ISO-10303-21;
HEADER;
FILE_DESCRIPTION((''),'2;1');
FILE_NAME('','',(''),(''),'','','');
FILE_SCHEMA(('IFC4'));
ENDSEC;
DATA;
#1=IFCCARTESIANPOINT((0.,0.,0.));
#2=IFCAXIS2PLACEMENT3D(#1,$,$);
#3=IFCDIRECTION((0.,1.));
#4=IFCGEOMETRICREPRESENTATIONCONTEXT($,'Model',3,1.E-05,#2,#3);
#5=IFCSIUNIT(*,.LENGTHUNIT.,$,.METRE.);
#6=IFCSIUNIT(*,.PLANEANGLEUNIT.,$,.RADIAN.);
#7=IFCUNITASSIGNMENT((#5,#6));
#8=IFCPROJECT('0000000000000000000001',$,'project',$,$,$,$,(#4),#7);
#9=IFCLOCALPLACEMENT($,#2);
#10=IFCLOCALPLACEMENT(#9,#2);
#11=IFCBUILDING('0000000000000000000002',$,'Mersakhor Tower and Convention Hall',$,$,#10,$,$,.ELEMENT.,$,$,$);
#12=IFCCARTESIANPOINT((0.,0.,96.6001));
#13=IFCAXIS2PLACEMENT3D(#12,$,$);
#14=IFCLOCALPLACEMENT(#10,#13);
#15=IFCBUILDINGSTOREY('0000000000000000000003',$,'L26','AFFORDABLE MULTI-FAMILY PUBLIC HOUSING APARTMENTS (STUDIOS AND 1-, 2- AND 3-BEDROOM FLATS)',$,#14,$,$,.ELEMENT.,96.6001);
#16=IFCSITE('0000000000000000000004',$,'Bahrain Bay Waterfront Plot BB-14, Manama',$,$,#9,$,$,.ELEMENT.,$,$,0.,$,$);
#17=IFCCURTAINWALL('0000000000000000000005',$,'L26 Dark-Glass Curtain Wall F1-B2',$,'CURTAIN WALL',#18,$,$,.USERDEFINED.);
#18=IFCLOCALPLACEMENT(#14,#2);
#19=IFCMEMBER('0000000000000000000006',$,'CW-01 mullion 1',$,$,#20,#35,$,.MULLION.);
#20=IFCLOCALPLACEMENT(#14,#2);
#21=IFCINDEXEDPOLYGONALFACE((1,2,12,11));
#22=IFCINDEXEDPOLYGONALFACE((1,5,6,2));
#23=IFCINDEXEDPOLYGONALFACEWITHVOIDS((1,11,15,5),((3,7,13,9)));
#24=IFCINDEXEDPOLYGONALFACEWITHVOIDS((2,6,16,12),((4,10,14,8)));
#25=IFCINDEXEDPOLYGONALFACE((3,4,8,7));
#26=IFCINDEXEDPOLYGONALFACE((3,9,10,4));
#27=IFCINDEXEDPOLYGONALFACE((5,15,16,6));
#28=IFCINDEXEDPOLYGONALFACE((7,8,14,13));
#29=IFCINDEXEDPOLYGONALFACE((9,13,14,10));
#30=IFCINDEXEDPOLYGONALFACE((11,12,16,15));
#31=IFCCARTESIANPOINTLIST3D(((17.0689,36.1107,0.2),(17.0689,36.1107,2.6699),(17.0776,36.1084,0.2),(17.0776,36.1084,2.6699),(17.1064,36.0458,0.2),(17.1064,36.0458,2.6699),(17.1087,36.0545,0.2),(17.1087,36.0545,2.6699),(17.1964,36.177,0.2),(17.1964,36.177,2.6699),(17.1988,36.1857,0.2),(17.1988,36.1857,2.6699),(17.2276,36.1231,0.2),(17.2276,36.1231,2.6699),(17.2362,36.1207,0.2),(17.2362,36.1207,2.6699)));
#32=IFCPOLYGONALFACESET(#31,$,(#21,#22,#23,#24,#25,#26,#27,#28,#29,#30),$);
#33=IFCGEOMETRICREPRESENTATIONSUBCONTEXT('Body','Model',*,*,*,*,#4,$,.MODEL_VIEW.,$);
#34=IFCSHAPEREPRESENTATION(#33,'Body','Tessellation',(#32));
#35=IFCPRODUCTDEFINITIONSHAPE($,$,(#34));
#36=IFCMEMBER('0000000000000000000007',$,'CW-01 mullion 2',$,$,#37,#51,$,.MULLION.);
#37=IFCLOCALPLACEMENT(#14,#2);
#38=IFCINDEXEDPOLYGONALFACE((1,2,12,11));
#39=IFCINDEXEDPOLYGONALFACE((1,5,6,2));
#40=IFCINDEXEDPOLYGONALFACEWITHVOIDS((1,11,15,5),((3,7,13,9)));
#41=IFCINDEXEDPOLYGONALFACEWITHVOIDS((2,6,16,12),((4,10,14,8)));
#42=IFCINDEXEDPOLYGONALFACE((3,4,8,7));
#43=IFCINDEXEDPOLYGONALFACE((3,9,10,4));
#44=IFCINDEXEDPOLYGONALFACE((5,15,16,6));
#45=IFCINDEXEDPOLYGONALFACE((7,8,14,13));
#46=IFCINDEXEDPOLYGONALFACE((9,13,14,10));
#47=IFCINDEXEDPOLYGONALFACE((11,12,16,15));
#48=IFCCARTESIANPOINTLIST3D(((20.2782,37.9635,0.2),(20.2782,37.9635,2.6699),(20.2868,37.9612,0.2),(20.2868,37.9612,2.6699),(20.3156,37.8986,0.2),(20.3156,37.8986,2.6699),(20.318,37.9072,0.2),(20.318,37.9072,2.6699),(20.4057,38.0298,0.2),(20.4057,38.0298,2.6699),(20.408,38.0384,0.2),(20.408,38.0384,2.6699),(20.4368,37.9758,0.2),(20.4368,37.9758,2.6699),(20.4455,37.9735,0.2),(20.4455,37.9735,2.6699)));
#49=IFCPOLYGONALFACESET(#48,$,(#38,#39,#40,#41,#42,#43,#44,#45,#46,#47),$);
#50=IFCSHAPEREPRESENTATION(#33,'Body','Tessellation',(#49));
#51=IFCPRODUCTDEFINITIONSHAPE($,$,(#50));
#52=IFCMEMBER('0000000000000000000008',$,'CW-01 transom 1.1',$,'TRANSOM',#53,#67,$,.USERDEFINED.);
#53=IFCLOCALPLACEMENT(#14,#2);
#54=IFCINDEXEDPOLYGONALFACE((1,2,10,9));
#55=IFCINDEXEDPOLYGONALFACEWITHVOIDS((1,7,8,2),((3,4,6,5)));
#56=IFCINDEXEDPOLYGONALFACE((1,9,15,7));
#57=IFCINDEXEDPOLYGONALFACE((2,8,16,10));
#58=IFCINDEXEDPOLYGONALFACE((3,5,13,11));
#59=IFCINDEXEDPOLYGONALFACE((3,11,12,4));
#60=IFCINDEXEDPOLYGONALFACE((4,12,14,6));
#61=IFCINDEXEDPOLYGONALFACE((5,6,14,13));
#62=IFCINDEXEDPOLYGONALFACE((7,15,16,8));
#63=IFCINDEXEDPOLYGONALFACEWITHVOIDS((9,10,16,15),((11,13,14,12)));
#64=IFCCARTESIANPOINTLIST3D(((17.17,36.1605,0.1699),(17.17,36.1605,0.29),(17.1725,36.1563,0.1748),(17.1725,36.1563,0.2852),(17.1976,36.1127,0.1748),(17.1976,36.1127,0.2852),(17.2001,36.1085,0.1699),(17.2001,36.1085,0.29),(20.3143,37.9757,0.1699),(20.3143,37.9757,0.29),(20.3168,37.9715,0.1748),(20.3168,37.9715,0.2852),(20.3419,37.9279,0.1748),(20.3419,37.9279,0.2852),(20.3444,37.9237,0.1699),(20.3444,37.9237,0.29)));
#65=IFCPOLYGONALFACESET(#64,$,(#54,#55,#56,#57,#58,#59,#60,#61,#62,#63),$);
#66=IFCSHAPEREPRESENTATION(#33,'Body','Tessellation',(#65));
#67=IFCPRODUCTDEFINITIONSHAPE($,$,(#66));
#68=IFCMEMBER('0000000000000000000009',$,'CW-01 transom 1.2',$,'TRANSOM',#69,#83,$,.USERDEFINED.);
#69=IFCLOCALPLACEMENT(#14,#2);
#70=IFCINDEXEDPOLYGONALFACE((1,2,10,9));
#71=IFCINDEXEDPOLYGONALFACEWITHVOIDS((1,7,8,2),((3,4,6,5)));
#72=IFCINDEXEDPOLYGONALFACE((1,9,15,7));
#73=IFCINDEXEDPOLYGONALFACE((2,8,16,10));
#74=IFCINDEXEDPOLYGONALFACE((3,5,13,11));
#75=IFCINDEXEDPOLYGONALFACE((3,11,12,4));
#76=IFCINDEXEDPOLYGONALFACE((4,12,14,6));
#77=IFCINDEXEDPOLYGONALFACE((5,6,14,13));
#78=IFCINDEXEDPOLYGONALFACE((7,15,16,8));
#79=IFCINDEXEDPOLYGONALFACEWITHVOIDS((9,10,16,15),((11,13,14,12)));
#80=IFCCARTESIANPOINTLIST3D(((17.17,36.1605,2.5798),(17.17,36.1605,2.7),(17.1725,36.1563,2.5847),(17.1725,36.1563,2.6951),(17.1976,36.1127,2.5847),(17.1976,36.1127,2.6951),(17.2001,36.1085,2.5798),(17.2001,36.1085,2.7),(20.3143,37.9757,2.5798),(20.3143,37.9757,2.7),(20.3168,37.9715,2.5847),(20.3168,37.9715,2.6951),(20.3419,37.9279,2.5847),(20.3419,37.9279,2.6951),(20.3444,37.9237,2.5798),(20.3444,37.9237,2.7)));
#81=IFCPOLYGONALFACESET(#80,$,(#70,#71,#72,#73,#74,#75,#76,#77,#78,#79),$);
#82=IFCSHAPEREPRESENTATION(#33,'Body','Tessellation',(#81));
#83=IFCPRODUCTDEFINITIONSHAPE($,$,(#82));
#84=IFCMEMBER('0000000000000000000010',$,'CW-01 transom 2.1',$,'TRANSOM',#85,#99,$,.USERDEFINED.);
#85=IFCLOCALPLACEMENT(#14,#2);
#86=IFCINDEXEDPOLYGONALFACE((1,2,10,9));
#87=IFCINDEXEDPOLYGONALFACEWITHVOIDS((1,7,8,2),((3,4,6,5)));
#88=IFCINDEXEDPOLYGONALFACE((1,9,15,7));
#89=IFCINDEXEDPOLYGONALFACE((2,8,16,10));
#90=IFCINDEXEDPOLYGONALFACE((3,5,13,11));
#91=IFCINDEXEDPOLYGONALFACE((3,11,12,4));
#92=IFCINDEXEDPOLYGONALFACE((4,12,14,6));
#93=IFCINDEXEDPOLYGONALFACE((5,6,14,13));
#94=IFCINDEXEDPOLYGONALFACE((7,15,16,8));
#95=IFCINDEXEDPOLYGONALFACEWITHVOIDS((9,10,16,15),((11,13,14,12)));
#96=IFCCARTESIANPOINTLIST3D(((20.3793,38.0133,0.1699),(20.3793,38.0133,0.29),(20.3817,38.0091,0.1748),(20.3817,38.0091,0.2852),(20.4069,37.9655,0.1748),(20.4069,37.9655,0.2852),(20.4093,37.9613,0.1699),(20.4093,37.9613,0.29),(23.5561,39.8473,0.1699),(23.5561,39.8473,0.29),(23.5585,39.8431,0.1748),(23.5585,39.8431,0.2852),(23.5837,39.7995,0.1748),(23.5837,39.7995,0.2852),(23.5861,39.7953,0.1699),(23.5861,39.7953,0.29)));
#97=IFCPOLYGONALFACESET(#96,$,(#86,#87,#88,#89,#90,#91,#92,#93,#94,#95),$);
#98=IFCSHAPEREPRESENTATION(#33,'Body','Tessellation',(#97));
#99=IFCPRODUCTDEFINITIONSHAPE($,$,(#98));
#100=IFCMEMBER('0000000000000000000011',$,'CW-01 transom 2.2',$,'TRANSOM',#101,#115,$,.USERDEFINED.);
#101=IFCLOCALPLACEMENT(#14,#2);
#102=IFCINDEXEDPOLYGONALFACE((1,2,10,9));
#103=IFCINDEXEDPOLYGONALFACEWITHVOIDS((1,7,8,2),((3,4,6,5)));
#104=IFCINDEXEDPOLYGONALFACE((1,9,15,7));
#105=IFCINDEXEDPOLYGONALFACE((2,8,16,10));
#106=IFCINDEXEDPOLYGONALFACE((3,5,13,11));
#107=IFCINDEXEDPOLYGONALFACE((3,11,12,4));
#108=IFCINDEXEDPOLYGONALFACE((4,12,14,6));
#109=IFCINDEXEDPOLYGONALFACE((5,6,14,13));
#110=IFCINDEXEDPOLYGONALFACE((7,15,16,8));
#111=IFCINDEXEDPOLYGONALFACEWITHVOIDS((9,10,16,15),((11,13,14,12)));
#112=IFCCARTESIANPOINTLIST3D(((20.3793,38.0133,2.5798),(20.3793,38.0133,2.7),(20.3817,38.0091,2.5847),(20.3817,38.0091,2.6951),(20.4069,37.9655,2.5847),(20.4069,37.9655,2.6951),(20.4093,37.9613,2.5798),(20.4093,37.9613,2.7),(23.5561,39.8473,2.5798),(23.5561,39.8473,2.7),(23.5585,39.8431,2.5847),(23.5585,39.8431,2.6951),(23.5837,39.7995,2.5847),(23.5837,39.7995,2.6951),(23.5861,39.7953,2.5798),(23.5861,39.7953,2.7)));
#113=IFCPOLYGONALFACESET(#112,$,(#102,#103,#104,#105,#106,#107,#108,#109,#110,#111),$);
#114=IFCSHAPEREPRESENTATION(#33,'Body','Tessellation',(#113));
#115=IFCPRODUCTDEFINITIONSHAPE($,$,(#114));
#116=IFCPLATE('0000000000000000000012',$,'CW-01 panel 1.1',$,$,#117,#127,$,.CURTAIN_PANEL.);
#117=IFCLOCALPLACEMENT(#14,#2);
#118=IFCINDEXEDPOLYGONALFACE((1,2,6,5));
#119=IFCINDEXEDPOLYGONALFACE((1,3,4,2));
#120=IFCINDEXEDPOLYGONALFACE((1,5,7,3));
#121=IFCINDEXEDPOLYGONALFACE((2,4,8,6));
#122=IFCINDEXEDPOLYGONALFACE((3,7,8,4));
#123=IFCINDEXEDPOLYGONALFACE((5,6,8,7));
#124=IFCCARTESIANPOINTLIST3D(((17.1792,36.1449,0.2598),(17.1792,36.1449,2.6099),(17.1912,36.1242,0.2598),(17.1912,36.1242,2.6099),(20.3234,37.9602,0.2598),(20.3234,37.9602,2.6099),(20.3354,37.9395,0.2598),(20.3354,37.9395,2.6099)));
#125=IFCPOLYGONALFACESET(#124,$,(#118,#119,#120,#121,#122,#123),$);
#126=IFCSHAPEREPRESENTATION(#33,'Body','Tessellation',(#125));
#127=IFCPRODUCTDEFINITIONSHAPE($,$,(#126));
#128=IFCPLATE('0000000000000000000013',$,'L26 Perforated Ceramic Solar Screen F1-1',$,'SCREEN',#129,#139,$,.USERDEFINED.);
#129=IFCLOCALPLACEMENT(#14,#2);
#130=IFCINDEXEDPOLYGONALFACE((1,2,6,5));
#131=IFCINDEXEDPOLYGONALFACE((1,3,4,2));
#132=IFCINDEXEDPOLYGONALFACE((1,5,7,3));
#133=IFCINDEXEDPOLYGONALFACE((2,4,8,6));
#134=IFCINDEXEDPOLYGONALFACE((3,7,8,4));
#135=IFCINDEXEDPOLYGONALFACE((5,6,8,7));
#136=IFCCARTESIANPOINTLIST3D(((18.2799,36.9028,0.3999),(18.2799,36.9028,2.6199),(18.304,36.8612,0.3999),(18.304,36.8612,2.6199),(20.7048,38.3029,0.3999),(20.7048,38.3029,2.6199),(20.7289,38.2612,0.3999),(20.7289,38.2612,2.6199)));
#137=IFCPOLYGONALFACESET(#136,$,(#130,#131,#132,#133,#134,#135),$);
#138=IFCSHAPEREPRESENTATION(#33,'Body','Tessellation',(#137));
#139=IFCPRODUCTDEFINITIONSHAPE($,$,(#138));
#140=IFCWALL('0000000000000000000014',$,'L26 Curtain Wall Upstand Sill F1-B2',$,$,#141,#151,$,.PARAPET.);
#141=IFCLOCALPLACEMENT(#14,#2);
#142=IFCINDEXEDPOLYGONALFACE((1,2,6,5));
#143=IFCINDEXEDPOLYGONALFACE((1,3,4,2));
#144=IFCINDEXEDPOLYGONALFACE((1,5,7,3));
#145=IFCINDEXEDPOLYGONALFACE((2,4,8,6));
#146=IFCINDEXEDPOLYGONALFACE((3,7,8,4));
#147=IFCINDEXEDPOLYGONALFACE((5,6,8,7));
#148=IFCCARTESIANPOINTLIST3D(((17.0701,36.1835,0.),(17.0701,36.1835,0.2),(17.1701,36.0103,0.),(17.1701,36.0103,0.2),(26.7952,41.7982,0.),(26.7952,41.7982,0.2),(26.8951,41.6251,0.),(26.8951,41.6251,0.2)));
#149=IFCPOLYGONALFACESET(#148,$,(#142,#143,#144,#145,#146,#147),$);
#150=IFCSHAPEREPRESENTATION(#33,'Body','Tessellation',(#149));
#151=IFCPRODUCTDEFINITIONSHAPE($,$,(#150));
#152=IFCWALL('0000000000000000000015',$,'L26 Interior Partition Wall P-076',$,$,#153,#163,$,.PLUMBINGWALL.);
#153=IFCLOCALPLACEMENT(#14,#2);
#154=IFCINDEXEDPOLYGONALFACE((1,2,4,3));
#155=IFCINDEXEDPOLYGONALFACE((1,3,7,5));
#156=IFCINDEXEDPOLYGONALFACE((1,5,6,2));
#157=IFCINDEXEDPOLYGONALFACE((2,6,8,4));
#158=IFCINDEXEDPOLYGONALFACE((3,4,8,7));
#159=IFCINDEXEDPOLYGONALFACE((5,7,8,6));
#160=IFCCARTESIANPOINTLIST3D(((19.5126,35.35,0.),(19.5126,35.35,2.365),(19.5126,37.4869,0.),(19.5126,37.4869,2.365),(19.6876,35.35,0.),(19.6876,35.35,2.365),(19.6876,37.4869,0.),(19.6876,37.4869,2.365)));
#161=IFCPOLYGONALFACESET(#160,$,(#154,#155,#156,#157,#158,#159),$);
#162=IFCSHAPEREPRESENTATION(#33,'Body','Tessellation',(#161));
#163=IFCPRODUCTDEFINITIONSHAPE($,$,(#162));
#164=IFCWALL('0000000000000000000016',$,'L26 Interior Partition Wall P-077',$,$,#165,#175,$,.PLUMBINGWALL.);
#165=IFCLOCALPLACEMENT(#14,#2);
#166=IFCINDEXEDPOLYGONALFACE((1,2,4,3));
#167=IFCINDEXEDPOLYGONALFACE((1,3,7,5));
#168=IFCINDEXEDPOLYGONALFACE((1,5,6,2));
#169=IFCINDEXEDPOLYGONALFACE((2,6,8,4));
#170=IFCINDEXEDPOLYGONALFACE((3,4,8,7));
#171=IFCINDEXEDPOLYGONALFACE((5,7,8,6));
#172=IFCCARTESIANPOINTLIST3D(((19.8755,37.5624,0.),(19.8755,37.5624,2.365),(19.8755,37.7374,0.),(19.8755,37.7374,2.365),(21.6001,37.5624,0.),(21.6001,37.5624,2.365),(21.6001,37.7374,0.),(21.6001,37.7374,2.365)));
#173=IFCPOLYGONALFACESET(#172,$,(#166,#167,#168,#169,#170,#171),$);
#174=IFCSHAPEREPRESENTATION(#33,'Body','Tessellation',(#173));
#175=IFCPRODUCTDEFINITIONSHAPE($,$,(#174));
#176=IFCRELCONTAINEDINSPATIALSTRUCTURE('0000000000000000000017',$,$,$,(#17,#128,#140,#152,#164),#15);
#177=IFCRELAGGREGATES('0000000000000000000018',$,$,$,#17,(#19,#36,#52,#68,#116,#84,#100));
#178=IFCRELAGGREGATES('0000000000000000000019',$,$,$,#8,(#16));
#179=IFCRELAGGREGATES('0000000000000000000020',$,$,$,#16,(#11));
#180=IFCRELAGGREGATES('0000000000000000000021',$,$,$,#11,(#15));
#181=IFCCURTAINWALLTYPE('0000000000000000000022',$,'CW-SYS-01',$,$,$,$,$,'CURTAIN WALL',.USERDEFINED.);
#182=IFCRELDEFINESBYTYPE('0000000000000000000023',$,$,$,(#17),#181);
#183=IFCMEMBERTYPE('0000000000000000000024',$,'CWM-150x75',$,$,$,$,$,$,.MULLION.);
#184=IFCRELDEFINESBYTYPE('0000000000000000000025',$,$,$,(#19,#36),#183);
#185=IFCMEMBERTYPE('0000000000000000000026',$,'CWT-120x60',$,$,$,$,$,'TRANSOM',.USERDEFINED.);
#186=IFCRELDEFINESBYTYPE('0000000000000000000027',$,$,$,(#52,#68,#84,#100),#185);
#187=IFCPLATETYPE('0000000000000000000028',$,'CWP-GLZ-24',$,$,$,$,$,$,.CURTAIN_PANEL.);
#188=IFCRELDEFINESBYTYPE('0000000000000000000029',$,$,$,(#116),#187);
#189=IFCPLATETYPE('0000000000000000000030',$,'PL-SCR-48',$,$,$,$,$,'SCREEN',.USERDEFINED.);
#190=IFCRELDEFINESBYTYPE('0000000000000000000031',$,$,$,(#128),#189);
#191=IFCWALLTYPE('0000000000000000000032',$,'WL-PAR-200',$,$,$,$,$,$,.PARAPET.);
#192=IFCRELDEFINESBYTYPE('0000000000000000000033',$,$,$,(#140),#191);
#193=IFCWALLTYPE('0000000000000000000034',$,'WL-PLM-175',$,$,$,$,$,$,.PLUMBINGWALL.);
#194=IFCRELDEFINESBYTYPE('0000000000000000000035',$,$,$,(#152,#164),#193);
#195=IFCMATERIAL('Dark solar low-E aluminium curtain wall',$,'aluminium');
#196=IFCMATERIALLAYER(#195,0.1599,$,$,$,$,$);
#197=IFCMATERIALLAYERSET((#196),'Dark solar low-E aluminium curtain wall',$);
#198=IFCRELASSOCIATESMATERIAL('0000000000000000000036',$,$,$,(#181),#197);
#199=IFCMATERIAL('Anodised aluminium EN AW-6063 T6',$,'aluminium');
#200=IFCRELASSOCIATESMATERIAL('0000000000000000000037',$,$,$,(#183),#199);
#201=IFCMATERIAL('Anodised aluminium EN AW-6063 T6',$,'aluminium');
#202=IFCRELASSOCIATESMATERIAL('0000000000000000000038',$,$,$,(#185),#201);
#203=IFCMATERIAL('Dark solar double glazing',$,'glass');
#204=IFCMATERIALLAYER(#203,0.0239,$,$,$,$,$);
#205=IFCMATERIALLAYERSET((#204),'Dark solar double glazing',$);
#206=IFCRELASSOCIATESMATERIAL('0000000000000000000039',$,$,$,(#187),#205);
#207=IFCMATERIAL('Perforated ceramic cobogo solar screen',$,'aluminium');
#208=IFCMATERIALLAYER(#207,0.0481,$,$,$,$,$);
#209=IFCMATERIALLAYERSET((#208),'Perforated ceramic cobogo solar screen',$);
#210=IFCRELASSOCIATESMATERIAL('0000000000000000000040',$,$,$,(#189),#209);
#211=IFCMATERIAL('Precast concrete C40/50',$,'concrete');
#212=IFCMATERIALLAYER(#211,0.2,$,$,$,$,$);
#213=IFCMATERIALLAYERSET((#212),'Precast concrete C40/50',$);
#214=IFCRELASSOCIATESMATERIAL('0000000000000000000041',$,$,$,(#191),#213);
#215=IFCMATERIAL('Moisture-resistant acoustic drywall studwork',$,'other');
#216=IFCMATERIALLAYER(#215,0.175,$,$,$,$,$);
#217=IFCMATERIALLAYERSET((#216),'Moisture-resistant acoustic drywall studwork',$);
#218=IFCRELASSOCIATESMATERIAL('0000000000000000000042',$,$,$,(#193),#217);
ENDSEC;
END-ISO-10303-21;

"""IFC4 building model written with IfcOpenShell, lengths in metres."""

from ifc_helpers import new_model, si_unit, direction, frame, frame_2d, origin, origin_2d, place, context, subcontext, project, spatial, rectangle, hollow_rectangle, extrude, material, layer, layer_set, material_profile, profile_set, type_object, element, aggregate, save


model = new_model("IFC4")

# Units and contexts
model_context = context("Model", 3, precision=1e-05, world=origin(), true_north=direction((0.0, 1.0)))
body_context = subcontext(model_context, "Body", "Model", "MODEL_VIEW")
ifc_project = project(units=[si_unit("LENGTHUNIT", "METRE"), si_unit("PLANEANGLEUNIT", "RADIAN")], contexts=[model_context])

# Site, building, storey
site_placement = place(None, origin())
site = spatial("IfcSite", under=ifc_project, at=site_placement, Name="Bahrain Bay Waterfront Plot BB-14, Manama", CompositionType="ELEMENT", RefElevation=0.0)
building_placement = place(site_placement, origin())
building = spatial("IfcBuilding", under=site, at=building_placement, Name="Mersakhor Tower and Convention Hall", CompositionType="ELEMENT")
storey_placement = place(building_placement, frame((0.0, 0.0, 96.6001)))
storey = spatial("IfcBuildingStorey", under=building, at=storey_placement, Name="L26", Description="AFFORDABLE MULTI-FAMILY PUBLIC HOUSING APARTMENTS (STUDIOS AND 1-, 2- AND 3-BEDROOM FLATS)", CompositionType="ELEMENT", Elevation=96.6001)

# Curtain wall, members, plate
ifc_material_1 = material(Name="Dark solar low-E aluminium curtain wall", Category="aluminium")
ifc_layer_1 = layer(ifc_material_1, 0.1599)
ifc_layer_set_1 = layer_set([ifc_layer_1], Name="Dark solar low-E aluminium curtain wall")
curtain_wall_type = type_object("IfcCurtainWallType", Name="CW-SYS-01", ElementType="CURTAIN WALL", PredefinedType="USERDEFINED", material=ifc_layer_set_1)
curtain_wall_placement = place(storey_placement, origin())
curtain_wall = element("IfcCurtainWall", 1, at=curtain_wall_placement, inside=storey, type_object=curtain_wall_type, Name="L26 Dark-Glass Curtain Wall F1-B2", ObjectType="CURTAIN WALL", PredefinedType="USERDEFINED")
ifc_material_2 = material(Name="Anodised aluminium EN AW-6063 T6", Category="aluminium")
ifc_material_profile_1 = material_profile(ifc_material_2, hollow_rectangle(XDim=0.075, YDim=0.1499, WallThickness=0.0063, at=origin_2d()), Name="RHS 150x75x6.3")
ifc_profile_set_1 = profile_set([ifc_material_profile_1], Name="Anodised aluminium EN AW-6063 T6")
member_type_1 = type_object("IfcMemberType", Name="CWM-150x75", PredefinedType="MULLION", material=ifc_profile_set_1)
member_1_placement = place(storey_placement, frame((17.1526, 36.1157, 0.2), z_axis=(0.0, 0.0, 1.0), x_axis=(-0.499998, 0.866027, 0.0)))
member_1 = element("IfcMember", 2, at=member_1_placement, type_object=member_type_1, Name="CW-01 mullion 1", PredefinedType="MULLION", context=body_context, shape_type="SweptSolid", body=[
    extrude(hollow_rectangle(XDim=0.075, YDim=0.1499, WallThickness=0.0063, at=origin_2d()), origin(), (0.0, 0.0, 1.0), 2.47),
])
member_2_placement = place(storey_placement, frame((20.3618, 37.9685, 0.2), z_axis=(0.0, 0.0, 1.0), x_axis=(-0.499998, 0.866027, 0.0)))
member_2 = element("IfcMember", 3, at=member_2_placement, type_object=member_type_1, Name="CW-01 mullion 2", PredefinedType="MULLION", context=body_context, shape_type="SweptSolid", body=[
    extrude(hollow_rectangle(XDim=0.075, YDim=0.1499, WallThickness=0.0063, at=origin_2d()), origin(), (0.0, 0.0, 1.0), 2.47),
])
ifc_material_3 = material(Name="Anodised aluminium EN AW-6063 T6", Category="aluminium")
ifc_material_profile_2 = material_profile(ifc_material_3, hollow_rectangle(XDim=0.0601, YDim=0.1201, WallThickness=0.0049, at=origin_2d()), Name="RHS 120x60x5")
ifc_profile_set_2 = profile_set([ifc_material_profile_2], Name="Anodised aluminium EN AW-6063 T6")
member_type_2 = type_object("IfcMemberType", Name="CWT-120x60", ElementType="TRANSOM", PredefinedType="USERDEFINED", material=ifc_profile_set_2)
member_3_placement = place(storey_placement, frame((17.1851, 36.1345, 0.23), z_axis=(0.866046, 0.499965, 0.0), x_axis=(-0.499965, 0.866046, 0.0)))
member_3 = element("IfcMember", 4, at=member_3_placement, type_object=member_type_2, Name="CW-01 transom 1.1", ObjectType="TRANSOM", PredefinedType="USERDEFINED", context=body_context, shape_type="SweptSolid", body=[
    extrude(hollow_rectangle(XDim=0.0601, YDim=0.1201, WallThickness=0.0049, at=origin_2d()), origin(), (0.0, 0.0, 1.0), 3.6306),
])
member_4_placement = place(storey_placement, frame((17.1851, 36.1345, 2.6399), z_axis=(0.866046, 0.499965, 0.0), x_axis=(-0.499965, 0.866046, 0.0)))
member_4 = element("IfcMember", 5, at=member_4_placement, type_object=member_type_2, Name="CW-01 transom 1.2", ObjectType="TRANSOM", PredefinedType="USERDEFINED", context=body_context, shape_type="SweptSolid", body=[
    extrude(hollow_rectangle(XDim=0.0601, YDim=0.1201, WallThickness=0.0049, at=origin_2d()), origin(), (0.0, 0.0, 1.0), 3.6306),
])
member_5_placement = place(storey_placement, frame((20.3943, 37.9873, 0.23), z_axis=(0.866039, 0.499976, 0.0), x_axis=(-0.499976, 0.866039, 0.0)))
member_5 = element("IfcMember", 6, at=member_5_placement, type_object=member_type_2, Name="CW-01 transom 2.1", ObjectType="TRANSOM", PredefinedType="USERDEFINED", context=body_context, shape_type="SweptSolid", body=[
    extrude(hollow_rectangle(XDim=0.0601, YDim=0.1201, WallThickness=0.0049, at=origin_2d()), origin(), (0.0, 0.0, 1.0), 3.6682),
])
member_6_placement = place(storey_placement, frame((20.3943, 37.9873, 2.6399), z_axis=(0.866039, 0.499976, 0.0), x_axis=(-0.499976, 0.866039, 0.0)))
member_6 = element("IfcMember", 7, at=member_6_placement, type_object=member_type_2, Name="CW-01 transom 2.2", ObjectType="TRANSOM", PredefinedType="USERDEFINED", context=body_context, shape_type="SweptSolid", body=[
    extrude(hollow_rectangle(XDim=0.0601, YDim=0.1201, WallThickness=0.0049, at=origin_2d()), origin(), (0.0, 0.0, 1.0), 3.6682),
])
ifc_material_4 = material(Name="Dark solar double glazing", Category="glass")
ifc_layer_2 = layer(ifc_material_4, 0.0239)
ifc_layer_set_2 = layer_set([ifc_layer_2], Name="Dark solar double glazing")
plate_type_1 = type_object("IfcPlateType", Name="CWP-GLZ-24", PredefinedType="CURTAIN_PANEL", material=ifc_layer_set_2)
plate_1_placement = place(storey_placement, frame((18.7573, 37.0422, 0.2598), z_axis=(0.0, 0.0, 1.0), x_axis=(0.866027, 0.499998, 0.0)))
plate_1 = element("IfcPlate", 8, at=plate_1_placement, type_object=plate_type_1, Name="CW-01 panel 1.1", PredefinedType="CURTAIN_PANEL", context=body_context, shape_type="SweptSolid", body=[
    extrude(rectangle(XDim=3.6306, YDim=0.0239, at=origin_2d()), origin(), (0.0, 0.0, 1.0), 2.3501),
])
aggregate(curtain_wall, [member_1, member_2, member_3, member_4, plate_1, member_5, member_6])

# Plate
ifc_material_5 = material(Name="Perforated ceramic cobogo solar screen", Category="aluminium")
ifc_layer_3 = layer(ifc_material_5, 0.0481)
ifc_layer_set_3 = layer_set([ifc_layer_3], Name="Perforated ceramic cobogo solar screen")
plate_type_2 = type_object("IfcPlateType", Name="PL-SCR-48", ElementType="SCREEN", PredefinedType="USERDEFINED", material=ifc_layer_set_3)
plate_2_placement = place(storey_placement, frame((19.5044, 37.582, 0.3999), z_axis=(0.0, 0.0, 1.0), x_axis=(0.866025, 0.5, 0.0)))
element("IfcPlate", 9, at=plate_2_placement, inside=storey, type_object=plate_type_2, Name="L26 Perforated Ceramic Solar Screen F1-1", ObjectType="SCREEN", PredefinedType="USERDEFINED", context=body_context, shape_type="SweptSolid", body=[
    extrude(rectangle(XDim=2.8, YDim=0.0481, at=origin_2d()), origin(), (0.0, 0.0, 1.0), 2.22),
])

# Walls
ifc_material_6 = material(Name="Precast concrete C40/50", Category="concrete")
ifc_layer_4 = layer(ifc_material_6, 0.2)
ifc_layer_set_4 = layer_set([ifc_layer_4], Name="Precast concrete C40/50")
wall_type_1 = type_object("IfcWallType", Name="WL-PAR-200", PredefinedType="PARAPET", material=ifc_layer_set_4)
wall_1_placement = place(storey_placement, frame((17.1201, 36.0969, 0.0), z_axis=(0.0, 0.0, 1.0), x_axis=(0.866027, 0.499997, 0.0)))
element("IfcWall", 10, at=wall_1_placement, inside=storey, type_object=wall_type_1, Name="L26 Curtain Wall Upstand Sill F1-B2", PredefinedType="PARAPET", context=body_context, shape_type="SweptSolid", body=[
    extrude(rectangle(XDim=11.2295, YDim=0.2, at=frame_2d((5.6147, 0.0))), origin(), (0.0, 0.0, 1.0), 0.2),
])
ifc_material_7 = material(Name="Moisture-resistant acoustic drywall studwork", Category="other")
ifc_layer_5 = layer(ifc_material_7, 0.175)
ifc_layer_set_5 = layer_set([ifc_layer_5], Name="Moisture-resistant acoustic drywall studwork")
wall_type_2 = type_object("IfcWallType", Name="WL-PLM-175", PredefinedType="PLUMBINGWALL", material=ifc_layer_set_5)
wall_2_placement = place(storey_placement, frame((19.6001, 35.3501, 0.0), z_axis=(0.0, 0.0, 1.0), x_axis=(0.0, 1.0, 0.0)))
element("IfcWall", 11, at=wall_2_placement, inside=storey, type_object=wall_type_2, Name="L26 Interior Partition Wall P-076", PredefinedType="PLUMBINGWALL", context=body_context, shape_type="SweptSolid", body=[
    extrude(rectangle(XDim=2.137, YDim=0.175, at=frame_2d((1.0684, 0.0))), origin(), (0.0, 0.0, 1.0), 2.365),
])
wall_3_placement = place(storey_placement, frame((19.8755, 37.6499, 0.0), z_axis=(0.0, 0.0, 1.0), x_axis=(1.0, 0.0, 0.0)))
element("IfcWall", 12, at=wall_3_placement, inside=storey, type_object=wall_type_2, Name="L26 Interior Partition Wall P-077", PredefinedType="PLUMBINGWALL", context=body_context, shape_type="SweptSolid", body=[
    extrude(rectangle(XDim=1.7246, YDim=0.175, at=frame_2d((0.8623, 0.0))), origin(), (0.0, 0.0, 1.0), 2.365),
])

save(model, "model.ifc")
